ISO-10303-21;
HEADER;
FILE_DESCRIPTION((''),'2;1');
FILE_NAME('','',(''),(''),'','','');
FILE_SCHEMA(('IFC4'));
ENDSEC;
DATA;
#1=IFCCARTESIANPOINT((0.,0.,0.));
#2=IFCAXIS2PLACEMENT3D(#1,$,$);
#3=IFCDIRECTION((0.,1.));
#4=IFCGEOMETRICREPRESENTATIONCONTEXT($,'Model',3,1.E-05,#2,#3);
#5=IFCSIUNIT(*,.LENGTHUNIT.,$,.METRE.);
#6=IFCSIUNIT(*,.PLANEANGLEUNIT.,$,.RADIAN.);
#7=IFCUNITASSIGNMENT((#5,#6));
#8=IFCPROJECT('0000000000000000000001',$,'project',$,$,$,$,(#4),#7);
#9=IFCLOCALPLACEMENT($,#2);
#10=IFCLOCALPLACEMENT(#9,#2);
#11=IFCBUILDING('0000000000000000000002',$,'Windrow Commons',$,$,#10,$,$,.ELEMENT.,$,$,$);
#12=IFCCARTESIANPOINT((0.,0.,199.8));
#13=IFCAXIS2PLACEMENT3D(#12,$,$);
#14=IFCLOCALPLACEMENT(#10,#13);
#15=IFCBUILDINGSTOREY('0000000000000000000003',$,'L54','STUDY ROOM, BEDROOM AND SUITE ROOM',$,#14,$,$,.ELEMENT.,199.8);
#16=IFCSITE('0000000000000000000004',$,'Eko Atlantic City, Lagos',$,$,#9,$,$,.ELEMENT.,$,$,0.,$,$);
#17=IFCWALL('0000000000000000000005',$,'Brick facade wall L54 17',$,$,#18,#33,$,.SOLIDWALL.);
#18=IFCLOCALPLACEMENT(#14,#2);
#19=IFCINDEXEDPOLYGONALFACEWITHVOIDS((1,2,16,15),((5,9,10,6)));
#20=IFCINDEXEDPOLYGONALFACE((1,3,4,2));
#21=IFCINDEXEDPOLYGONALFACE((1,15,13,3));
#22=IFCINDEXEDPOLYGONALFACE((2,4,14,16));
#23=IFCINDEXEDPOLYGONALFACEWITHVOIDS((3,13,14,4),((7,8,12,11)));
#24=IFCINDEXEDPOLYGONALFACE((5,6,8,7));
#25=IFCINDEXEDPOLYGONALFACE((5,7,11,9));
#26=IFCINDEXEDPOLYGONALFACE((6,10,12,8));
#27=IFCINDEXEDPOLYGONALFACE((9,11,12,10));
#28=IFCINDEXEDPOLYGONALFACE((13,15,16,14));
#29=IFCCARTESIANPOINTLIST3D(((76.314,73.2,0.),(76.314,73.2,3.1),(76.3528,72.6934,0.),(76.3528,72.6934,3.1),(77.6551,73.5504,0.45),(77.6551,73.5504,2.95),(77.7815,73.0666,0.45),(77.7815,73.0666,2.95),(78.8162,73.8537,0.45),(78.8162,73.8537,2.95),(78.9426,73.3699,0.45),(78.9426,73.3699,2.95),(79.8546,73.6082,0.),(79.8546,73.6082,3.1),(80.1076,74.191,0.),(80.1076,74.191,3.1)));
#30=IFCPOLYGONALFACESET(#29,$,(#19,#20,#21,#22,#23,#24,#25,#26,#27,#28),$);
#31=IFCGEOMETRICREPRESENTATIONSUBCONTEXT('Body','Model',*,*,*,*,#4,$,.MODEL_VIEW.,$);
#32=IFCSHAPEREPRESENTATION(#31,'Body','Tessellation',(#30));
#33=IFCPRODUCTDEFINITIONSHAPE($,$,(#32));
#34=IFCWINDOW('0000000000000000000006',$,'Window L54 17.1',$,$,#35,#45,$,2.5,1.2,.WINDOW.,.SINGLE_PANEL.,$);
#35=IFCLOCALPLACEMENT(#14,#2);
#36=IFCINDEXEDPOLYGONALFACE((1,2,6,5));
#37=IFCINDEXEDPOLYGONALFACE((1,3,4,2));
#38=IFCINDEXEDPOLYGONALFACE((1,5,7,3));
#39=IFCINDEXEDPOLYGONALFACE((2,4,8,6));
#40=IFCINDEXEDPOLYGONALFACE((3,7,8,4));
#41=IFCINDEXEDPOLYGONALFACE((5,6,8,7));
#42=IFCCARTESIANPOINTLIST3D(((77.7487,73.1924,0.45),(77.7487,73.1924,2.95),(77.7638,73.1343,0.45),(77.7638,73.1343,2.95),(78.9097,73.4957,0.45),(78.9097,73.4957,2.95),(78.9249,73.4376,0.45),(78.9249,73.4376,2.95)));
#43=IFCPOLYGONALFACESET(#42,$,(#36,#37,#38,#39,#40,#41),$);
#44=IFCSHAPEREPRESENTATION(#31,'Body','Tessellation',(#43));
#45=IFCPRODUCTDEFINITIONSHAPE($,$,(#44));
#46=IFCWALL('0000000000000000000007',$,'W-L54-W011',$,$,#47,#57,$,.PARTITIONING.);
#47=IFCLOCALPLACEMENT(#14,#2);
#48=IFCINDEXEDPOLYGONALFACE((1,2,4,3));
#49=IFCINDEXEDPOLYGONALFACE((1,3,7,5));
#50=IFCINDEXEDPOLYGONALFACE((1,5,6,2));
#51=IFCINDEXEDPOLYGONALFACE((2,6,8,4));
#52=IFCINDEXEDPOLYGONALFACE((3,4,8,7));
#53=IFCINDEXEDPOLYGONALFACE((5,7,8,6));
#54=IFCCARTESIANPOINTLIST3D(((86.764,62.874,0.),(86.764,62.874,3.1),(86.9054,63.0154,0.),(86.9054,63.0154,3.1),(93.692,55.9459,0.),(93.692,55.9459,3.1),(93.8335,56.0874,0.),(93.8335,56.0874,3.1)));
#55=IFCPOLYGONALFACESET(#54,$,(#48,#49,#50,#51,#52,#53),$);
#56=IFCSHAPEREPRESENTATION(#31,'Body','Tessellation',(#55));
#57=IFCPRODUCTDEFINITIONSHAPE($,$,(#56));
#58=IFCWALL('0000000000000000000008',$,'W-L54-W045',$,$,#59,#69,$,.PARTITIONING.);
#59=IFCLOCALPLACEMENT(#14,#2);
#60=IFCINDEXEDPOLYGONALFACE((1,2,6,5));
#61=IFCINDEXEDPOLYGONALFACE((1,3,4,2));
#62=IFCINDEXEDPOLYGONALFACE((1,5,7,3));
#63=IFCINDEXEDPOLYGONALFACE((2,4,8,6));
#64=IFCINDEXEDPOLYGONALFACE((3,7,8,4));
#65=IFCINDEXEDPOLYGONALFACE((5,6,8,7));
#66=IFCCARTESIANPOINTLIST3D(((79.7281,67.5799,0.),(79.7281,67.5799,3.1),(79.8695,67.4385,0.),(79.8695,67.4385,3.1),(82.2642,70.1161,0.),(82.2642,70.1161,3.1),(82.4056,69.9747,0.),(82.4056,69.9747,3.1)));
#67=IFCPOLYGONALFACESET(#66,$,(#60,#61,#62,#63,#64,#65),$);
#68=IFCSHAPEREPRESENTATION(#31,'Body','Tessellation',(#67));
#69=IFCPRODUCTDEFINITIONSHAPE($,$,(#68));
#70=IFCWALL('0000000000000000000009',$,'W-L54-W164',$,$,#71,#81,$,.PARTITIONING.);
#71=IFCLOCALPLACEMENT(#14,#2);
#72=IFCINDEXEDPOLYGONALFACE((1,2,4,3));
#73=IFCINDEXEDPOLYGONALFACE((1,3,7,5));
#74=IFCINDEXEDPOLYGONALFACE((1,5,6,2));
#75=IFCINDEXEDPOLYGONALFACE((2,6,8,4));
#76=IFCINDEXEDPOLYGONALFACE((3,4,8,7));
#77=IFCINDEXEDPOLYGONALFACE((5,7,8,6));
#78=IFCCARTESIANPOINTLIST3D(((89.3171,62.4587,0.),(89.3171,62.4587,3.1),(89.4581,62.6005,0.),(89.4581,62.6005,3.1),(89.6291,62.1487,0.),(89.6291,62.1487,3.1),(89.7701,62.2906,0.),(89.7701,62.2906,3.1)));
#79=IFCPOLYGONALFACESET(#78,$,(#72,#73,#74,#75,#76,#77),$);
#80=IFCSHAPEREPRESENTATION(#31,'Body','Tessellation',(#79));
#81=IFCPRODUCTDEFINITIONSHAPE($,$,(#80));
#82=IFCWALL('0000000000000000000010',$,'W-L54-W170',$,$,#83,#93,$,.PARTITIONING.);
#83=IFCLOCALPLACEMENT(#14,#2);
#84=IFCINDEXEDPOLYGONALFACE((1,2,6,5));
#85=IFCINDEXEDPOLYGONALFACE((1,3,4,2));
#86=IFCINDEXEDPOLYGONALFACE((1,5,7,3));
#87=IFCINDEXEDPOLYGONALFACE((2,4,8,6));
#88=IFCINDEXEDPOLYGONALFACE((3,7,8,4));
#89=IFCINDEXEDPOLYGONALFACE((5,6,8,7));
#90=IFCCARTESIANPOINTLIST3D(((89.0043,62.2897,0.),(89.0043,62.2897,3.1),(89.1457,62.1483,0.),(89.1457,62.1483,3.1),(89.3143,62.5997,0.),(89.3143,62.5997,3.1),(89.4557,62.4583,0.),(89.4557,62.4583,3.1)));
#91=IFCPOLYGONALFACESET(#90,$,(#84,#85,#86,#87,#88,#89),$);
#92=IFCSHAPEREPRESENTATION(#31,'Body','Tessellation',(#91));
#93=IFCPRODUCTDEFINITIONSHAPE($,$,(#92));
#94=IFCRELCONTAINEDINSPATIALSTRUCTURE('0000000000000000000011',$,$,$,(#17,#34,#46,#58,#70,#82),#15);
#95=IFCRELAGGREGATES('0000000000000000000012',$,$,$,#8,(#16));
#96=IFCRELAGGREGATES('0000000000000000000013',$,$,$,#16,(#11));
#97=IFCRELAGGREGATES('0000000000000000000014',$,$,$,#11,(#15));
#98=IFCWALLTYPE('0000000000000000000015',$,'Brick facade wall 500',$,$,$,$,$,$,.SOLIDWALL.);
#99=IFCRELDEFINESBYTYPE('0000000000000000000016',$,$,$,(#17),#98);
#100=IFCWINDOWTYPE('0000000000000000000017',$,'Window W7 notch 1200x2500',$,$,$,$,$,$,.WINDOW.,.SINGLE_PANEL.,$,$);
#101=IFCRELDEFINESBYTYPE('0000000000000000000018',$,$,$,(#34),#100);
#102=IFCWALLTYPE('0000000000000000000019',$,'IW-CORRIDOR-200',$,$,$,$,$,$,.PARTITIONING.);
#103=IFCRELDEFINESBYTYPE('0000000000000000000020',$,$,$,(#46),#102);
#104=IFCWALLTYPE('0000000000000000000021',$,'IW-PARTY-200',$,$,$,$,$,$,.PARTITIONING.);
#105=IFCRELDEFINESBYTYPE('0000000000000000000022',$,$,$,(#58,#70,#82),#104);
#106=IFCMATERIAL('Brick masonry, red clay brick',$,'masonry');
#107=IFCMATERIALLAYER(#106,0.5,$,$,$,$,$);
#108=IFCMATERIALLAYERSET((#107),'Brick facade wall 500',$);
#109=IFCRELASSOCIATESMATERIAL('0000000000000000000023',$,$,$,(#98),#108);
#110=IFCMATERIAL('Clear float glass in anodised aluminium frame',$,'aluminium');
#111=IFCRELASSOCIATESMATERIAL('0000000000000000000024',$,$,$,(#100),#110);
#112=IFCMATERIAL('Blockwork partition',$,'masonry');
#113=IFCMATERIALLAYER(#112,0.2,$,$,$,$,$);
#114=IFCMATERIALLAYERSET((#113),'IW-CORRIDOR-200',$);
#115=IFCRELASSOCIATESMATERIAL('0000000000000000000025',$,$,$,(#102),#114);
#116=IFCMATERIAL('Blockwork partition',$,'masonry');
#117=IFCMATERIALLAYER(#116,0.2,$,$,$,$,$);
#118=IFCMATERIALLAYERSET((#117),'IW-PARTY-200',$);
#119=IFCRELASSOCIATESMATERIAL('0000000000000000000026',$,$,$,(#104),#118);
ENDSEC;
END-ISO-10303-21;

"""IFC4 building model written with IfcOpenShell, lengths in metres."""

from ifc_helpers import new_model, si_unit, direction, frame, frame_2d, origin, place, context, subcontext, project, spatial, polyline, rectangle, outline, extrude, material, layer, layer_set, type_object, element, fill, save


model = new_model("IFC4")

# Units and contexts
model_context = context("Model", 3, precision=1e-05, world=origin(), true_north=direction((0.0, 1.0)))
body_context = subcontext(model_context, "Body", "Model", "MODEL_VIEW")
ifc_project = project(units=[si_unit("LENGTHUNIT", "METRE"), si_unit("PLANEANGLEUNIT", "RADIAN")], contexts=[model_context])

# Site, building, storey
site_placement = place(None, origin())
site = spatial("IfcSite", under=ifc_project, at=site_placement, Name="Eko Atlantic City, Lagos", CompositionType="ELEMENT", RefElevation=0.0)
building_placement = place(site_placement, origin())
building = spatial("IfcBuilding", under=site, at=building_placement, Name="Windrow Commons", CompositionType="ELEMENT")
storey_placement = place(building_placement, frame((0.0, 0.0, 199.8)))
storey = spatial("IfcBuildingStorey", under=building, at=storey_placement, Name="L54", Description="STUDY ROOM, BEDROOM AND SUITE ROOM", CompositionType="ELEMENT", Elevation=199.8)

# Wall, opening, window
ifc_material_1 = material(Name="Brick masonry, red clay brick", Category="masonry")
ifc_layer_1 = layer(ifc_material_1, 0.5)
ifc_layer_set_1 = layer_set([ifc_layer_1], Name="Brick facade wall 500")
wall_type_1 = type_object("IfcWallType", Name="Brick facade wall 500", PredefinedType="SOLIDWALL", material=ifc_layer_set_1)
ifc_material_2 = material(Name="Clear float glass in anodised aluminium frame", Category="aluminium")
window_type = type_object("IfcWindowType", Name="Window W7 notch 1200x2500", PartitioningType="SINGLE_PANEL", PredefinedType="WINDOW", material=ifc_material_2)
wall_1_placement = place(storey_placement, frame((79.9811, 73.8996, 0.0), z_axis=(0.0, 0.0, 1.0), x_axis=(-0.967533, -0.252745, 0.0)))
wall_1 = element("IfcWall", 1, at=wall_1_placement, inside=storey, type_object=wall_type_1, Name="Brick facade wall L54 17", PredefinedType="SOLIDWALL", context=body_context, shape_type="SweptSolid", body=[
    extrude(outline(polyline([(-0.1961, -0.25), (3.7249, -0.25), (3.8154, 0.25), (0.1961, 0.25), (-0.1961, -0.25)])), origin(), (0.0, 0.0, 1.0), 3.1),
])
opening_1_placement = place(wall_1_placement, frame((1.1387, 0.0, 0.45)))
opening_1 = element("IfcOpeningElement", 2, at=opening_1_placement, cuts=wall_1, PredefinedType="OPENING", context=body_context, shape_type="SweptSolid", body=[
    extrude(rectangle(XDim=1.2, YDim=2.5, at=frame_2d((0.6, 1.25))), frame((0.0, 0.26, 0.0), z_axis=(0.0, -1.0, 0.0), x_axis=(1.0, 0.0, 0.0)), (0.0, 0.0, 1.0), 0.52),
])
window_1_placement = place(opening_1_placement, origin())
window_1 = element("IfcWindow", 3, at=window_1_placement, inside=storey, type_object=window_type, Name="Window L54 17.1", OverallHeight=2.5, OverallWidth=1.2, PartitioningType="SINGLE_PANEL", PredefinedType="WINDOW", context=body_context, shape_type="SweptSolid", body=[
    extrude(rectangle(XDim=1.2, YDim=2.5, at=frame_2d((0.6, 1.25))), frame((0.0, 0.18, 0.0), z_axis=(0.0, -1.0, 0.0), x_axis=(1.0, 0.0, 0.0)), (0.0, 0.0, 1.0), 0.06),
])
fill(opening_1, window_1)

# Walls
ifc_material_3 = material(Name="Blockwork partition", Category="masonry")
ifc_layer_2 = layer(ifc_material_3, 0.2)
ifc_layer_set_2 = layer_set([ifc_layer_2], Name="IW-CORRIDOR-200")
wall_type_2 = type_object("IfcWallType", Name="IW-CORRIDOR-200", PredefinedType="PARTITIONING", material=ifc_layer_set_2)
wall_2_placement = place(storey_placement, frame((86.8347, 62.9447, 0.0), z_axis=(0.0, 0.0, 1.0), x_axis=(0.707107, -0.707107, 0.0)))
element("IfcWall", 4, at=wall_2_placement, inside=storey, type_object=wall_type_2, Name="W-L54-W011", PredefinedType="PARTITIONING", context=body_context, shape_type="SweptSolid", body=[
    extrude(rectangle(XDim=9.7977, YDim=0.2, at=frame_2d((4.8989, 0.0))), origin(), (0.0, 0.0, 1.0), 3.1),
])
ifc_material_4 = material(Name="Blockwork partition", Category="masonry")
ifc_layer_3 = layer(ifc_material_4, 0.2)
ifc_layer_set_3 = layer_set([ifc_layer_3], Name="IW-PARTY-200")
wall_type_3 = type_object("IfcWallType", Name="IW-PARTY-200", PredefinedType="PARTITIONING", material=ifc_layer_set_3)
wall_3_placement = place(storey_placement, frame((79.7988, 67.5092, 0.0), z_axis=(0.0, 0.0, 1.0), x_axis=(0.707093, 0.707121, 0.0)))
element("IfcWall", 5, at=wall_3_placement, inside=storey, type_object=wall_type_3, Name="W-L54-W045", PredefinedType="PARTITIONING", context=body_context, shape_type="SweptSolid", body=[
    extrude(rectangle(XDim=3.5867, YDim=0.2, at=frame_2d((1.7933, 0.0))), origin(), (0.0, 0.0, 1.0), 3.1),
])
wall_4_placement = place(storey_placement, frame((89.3876, 62.5296, 0.0), z_axis=(0.0, 0.0, 1.0), x_axis=(0.709377, -0.704829, 0.0)))
element("IfcWall", 6, at=wall_4_placement, inside=storey, type_object=wall_type_3, Name="W-L54-W164", PredefinedType="PARTITIONING", context=body_context, shape_type="SweptSolid", body=[
    extrude(rectangle(XDim=0.4398, YDim=0.2, at=frame_2d((0.2199, 0.0))), origin(), (0.0, 0.0, 1.0), 3.1),
])
wall_5_placement = place(storey_placement, frame((89.075, 62.219, 0.0), z_axis=(0.0, 0.0, 1.0), x_axis=(0.707107, 0.707107, 0.0)))
element("IfcWall", 7, at=wall_5_placement, inside=storey, type_object=wall_type_3, Name="W-L54-W170", PredefinedType="PARTITIONING", context=body_context, shape_type="SweptSolid", body=[
    extrude(rectangle(XDim=0.4384, YDim=0.2, at=frame_2d((0.2192, 0.0))), origin(), (0.0, 0.0, 1.0), 3.1),
])

save(model, "model.ifc")
